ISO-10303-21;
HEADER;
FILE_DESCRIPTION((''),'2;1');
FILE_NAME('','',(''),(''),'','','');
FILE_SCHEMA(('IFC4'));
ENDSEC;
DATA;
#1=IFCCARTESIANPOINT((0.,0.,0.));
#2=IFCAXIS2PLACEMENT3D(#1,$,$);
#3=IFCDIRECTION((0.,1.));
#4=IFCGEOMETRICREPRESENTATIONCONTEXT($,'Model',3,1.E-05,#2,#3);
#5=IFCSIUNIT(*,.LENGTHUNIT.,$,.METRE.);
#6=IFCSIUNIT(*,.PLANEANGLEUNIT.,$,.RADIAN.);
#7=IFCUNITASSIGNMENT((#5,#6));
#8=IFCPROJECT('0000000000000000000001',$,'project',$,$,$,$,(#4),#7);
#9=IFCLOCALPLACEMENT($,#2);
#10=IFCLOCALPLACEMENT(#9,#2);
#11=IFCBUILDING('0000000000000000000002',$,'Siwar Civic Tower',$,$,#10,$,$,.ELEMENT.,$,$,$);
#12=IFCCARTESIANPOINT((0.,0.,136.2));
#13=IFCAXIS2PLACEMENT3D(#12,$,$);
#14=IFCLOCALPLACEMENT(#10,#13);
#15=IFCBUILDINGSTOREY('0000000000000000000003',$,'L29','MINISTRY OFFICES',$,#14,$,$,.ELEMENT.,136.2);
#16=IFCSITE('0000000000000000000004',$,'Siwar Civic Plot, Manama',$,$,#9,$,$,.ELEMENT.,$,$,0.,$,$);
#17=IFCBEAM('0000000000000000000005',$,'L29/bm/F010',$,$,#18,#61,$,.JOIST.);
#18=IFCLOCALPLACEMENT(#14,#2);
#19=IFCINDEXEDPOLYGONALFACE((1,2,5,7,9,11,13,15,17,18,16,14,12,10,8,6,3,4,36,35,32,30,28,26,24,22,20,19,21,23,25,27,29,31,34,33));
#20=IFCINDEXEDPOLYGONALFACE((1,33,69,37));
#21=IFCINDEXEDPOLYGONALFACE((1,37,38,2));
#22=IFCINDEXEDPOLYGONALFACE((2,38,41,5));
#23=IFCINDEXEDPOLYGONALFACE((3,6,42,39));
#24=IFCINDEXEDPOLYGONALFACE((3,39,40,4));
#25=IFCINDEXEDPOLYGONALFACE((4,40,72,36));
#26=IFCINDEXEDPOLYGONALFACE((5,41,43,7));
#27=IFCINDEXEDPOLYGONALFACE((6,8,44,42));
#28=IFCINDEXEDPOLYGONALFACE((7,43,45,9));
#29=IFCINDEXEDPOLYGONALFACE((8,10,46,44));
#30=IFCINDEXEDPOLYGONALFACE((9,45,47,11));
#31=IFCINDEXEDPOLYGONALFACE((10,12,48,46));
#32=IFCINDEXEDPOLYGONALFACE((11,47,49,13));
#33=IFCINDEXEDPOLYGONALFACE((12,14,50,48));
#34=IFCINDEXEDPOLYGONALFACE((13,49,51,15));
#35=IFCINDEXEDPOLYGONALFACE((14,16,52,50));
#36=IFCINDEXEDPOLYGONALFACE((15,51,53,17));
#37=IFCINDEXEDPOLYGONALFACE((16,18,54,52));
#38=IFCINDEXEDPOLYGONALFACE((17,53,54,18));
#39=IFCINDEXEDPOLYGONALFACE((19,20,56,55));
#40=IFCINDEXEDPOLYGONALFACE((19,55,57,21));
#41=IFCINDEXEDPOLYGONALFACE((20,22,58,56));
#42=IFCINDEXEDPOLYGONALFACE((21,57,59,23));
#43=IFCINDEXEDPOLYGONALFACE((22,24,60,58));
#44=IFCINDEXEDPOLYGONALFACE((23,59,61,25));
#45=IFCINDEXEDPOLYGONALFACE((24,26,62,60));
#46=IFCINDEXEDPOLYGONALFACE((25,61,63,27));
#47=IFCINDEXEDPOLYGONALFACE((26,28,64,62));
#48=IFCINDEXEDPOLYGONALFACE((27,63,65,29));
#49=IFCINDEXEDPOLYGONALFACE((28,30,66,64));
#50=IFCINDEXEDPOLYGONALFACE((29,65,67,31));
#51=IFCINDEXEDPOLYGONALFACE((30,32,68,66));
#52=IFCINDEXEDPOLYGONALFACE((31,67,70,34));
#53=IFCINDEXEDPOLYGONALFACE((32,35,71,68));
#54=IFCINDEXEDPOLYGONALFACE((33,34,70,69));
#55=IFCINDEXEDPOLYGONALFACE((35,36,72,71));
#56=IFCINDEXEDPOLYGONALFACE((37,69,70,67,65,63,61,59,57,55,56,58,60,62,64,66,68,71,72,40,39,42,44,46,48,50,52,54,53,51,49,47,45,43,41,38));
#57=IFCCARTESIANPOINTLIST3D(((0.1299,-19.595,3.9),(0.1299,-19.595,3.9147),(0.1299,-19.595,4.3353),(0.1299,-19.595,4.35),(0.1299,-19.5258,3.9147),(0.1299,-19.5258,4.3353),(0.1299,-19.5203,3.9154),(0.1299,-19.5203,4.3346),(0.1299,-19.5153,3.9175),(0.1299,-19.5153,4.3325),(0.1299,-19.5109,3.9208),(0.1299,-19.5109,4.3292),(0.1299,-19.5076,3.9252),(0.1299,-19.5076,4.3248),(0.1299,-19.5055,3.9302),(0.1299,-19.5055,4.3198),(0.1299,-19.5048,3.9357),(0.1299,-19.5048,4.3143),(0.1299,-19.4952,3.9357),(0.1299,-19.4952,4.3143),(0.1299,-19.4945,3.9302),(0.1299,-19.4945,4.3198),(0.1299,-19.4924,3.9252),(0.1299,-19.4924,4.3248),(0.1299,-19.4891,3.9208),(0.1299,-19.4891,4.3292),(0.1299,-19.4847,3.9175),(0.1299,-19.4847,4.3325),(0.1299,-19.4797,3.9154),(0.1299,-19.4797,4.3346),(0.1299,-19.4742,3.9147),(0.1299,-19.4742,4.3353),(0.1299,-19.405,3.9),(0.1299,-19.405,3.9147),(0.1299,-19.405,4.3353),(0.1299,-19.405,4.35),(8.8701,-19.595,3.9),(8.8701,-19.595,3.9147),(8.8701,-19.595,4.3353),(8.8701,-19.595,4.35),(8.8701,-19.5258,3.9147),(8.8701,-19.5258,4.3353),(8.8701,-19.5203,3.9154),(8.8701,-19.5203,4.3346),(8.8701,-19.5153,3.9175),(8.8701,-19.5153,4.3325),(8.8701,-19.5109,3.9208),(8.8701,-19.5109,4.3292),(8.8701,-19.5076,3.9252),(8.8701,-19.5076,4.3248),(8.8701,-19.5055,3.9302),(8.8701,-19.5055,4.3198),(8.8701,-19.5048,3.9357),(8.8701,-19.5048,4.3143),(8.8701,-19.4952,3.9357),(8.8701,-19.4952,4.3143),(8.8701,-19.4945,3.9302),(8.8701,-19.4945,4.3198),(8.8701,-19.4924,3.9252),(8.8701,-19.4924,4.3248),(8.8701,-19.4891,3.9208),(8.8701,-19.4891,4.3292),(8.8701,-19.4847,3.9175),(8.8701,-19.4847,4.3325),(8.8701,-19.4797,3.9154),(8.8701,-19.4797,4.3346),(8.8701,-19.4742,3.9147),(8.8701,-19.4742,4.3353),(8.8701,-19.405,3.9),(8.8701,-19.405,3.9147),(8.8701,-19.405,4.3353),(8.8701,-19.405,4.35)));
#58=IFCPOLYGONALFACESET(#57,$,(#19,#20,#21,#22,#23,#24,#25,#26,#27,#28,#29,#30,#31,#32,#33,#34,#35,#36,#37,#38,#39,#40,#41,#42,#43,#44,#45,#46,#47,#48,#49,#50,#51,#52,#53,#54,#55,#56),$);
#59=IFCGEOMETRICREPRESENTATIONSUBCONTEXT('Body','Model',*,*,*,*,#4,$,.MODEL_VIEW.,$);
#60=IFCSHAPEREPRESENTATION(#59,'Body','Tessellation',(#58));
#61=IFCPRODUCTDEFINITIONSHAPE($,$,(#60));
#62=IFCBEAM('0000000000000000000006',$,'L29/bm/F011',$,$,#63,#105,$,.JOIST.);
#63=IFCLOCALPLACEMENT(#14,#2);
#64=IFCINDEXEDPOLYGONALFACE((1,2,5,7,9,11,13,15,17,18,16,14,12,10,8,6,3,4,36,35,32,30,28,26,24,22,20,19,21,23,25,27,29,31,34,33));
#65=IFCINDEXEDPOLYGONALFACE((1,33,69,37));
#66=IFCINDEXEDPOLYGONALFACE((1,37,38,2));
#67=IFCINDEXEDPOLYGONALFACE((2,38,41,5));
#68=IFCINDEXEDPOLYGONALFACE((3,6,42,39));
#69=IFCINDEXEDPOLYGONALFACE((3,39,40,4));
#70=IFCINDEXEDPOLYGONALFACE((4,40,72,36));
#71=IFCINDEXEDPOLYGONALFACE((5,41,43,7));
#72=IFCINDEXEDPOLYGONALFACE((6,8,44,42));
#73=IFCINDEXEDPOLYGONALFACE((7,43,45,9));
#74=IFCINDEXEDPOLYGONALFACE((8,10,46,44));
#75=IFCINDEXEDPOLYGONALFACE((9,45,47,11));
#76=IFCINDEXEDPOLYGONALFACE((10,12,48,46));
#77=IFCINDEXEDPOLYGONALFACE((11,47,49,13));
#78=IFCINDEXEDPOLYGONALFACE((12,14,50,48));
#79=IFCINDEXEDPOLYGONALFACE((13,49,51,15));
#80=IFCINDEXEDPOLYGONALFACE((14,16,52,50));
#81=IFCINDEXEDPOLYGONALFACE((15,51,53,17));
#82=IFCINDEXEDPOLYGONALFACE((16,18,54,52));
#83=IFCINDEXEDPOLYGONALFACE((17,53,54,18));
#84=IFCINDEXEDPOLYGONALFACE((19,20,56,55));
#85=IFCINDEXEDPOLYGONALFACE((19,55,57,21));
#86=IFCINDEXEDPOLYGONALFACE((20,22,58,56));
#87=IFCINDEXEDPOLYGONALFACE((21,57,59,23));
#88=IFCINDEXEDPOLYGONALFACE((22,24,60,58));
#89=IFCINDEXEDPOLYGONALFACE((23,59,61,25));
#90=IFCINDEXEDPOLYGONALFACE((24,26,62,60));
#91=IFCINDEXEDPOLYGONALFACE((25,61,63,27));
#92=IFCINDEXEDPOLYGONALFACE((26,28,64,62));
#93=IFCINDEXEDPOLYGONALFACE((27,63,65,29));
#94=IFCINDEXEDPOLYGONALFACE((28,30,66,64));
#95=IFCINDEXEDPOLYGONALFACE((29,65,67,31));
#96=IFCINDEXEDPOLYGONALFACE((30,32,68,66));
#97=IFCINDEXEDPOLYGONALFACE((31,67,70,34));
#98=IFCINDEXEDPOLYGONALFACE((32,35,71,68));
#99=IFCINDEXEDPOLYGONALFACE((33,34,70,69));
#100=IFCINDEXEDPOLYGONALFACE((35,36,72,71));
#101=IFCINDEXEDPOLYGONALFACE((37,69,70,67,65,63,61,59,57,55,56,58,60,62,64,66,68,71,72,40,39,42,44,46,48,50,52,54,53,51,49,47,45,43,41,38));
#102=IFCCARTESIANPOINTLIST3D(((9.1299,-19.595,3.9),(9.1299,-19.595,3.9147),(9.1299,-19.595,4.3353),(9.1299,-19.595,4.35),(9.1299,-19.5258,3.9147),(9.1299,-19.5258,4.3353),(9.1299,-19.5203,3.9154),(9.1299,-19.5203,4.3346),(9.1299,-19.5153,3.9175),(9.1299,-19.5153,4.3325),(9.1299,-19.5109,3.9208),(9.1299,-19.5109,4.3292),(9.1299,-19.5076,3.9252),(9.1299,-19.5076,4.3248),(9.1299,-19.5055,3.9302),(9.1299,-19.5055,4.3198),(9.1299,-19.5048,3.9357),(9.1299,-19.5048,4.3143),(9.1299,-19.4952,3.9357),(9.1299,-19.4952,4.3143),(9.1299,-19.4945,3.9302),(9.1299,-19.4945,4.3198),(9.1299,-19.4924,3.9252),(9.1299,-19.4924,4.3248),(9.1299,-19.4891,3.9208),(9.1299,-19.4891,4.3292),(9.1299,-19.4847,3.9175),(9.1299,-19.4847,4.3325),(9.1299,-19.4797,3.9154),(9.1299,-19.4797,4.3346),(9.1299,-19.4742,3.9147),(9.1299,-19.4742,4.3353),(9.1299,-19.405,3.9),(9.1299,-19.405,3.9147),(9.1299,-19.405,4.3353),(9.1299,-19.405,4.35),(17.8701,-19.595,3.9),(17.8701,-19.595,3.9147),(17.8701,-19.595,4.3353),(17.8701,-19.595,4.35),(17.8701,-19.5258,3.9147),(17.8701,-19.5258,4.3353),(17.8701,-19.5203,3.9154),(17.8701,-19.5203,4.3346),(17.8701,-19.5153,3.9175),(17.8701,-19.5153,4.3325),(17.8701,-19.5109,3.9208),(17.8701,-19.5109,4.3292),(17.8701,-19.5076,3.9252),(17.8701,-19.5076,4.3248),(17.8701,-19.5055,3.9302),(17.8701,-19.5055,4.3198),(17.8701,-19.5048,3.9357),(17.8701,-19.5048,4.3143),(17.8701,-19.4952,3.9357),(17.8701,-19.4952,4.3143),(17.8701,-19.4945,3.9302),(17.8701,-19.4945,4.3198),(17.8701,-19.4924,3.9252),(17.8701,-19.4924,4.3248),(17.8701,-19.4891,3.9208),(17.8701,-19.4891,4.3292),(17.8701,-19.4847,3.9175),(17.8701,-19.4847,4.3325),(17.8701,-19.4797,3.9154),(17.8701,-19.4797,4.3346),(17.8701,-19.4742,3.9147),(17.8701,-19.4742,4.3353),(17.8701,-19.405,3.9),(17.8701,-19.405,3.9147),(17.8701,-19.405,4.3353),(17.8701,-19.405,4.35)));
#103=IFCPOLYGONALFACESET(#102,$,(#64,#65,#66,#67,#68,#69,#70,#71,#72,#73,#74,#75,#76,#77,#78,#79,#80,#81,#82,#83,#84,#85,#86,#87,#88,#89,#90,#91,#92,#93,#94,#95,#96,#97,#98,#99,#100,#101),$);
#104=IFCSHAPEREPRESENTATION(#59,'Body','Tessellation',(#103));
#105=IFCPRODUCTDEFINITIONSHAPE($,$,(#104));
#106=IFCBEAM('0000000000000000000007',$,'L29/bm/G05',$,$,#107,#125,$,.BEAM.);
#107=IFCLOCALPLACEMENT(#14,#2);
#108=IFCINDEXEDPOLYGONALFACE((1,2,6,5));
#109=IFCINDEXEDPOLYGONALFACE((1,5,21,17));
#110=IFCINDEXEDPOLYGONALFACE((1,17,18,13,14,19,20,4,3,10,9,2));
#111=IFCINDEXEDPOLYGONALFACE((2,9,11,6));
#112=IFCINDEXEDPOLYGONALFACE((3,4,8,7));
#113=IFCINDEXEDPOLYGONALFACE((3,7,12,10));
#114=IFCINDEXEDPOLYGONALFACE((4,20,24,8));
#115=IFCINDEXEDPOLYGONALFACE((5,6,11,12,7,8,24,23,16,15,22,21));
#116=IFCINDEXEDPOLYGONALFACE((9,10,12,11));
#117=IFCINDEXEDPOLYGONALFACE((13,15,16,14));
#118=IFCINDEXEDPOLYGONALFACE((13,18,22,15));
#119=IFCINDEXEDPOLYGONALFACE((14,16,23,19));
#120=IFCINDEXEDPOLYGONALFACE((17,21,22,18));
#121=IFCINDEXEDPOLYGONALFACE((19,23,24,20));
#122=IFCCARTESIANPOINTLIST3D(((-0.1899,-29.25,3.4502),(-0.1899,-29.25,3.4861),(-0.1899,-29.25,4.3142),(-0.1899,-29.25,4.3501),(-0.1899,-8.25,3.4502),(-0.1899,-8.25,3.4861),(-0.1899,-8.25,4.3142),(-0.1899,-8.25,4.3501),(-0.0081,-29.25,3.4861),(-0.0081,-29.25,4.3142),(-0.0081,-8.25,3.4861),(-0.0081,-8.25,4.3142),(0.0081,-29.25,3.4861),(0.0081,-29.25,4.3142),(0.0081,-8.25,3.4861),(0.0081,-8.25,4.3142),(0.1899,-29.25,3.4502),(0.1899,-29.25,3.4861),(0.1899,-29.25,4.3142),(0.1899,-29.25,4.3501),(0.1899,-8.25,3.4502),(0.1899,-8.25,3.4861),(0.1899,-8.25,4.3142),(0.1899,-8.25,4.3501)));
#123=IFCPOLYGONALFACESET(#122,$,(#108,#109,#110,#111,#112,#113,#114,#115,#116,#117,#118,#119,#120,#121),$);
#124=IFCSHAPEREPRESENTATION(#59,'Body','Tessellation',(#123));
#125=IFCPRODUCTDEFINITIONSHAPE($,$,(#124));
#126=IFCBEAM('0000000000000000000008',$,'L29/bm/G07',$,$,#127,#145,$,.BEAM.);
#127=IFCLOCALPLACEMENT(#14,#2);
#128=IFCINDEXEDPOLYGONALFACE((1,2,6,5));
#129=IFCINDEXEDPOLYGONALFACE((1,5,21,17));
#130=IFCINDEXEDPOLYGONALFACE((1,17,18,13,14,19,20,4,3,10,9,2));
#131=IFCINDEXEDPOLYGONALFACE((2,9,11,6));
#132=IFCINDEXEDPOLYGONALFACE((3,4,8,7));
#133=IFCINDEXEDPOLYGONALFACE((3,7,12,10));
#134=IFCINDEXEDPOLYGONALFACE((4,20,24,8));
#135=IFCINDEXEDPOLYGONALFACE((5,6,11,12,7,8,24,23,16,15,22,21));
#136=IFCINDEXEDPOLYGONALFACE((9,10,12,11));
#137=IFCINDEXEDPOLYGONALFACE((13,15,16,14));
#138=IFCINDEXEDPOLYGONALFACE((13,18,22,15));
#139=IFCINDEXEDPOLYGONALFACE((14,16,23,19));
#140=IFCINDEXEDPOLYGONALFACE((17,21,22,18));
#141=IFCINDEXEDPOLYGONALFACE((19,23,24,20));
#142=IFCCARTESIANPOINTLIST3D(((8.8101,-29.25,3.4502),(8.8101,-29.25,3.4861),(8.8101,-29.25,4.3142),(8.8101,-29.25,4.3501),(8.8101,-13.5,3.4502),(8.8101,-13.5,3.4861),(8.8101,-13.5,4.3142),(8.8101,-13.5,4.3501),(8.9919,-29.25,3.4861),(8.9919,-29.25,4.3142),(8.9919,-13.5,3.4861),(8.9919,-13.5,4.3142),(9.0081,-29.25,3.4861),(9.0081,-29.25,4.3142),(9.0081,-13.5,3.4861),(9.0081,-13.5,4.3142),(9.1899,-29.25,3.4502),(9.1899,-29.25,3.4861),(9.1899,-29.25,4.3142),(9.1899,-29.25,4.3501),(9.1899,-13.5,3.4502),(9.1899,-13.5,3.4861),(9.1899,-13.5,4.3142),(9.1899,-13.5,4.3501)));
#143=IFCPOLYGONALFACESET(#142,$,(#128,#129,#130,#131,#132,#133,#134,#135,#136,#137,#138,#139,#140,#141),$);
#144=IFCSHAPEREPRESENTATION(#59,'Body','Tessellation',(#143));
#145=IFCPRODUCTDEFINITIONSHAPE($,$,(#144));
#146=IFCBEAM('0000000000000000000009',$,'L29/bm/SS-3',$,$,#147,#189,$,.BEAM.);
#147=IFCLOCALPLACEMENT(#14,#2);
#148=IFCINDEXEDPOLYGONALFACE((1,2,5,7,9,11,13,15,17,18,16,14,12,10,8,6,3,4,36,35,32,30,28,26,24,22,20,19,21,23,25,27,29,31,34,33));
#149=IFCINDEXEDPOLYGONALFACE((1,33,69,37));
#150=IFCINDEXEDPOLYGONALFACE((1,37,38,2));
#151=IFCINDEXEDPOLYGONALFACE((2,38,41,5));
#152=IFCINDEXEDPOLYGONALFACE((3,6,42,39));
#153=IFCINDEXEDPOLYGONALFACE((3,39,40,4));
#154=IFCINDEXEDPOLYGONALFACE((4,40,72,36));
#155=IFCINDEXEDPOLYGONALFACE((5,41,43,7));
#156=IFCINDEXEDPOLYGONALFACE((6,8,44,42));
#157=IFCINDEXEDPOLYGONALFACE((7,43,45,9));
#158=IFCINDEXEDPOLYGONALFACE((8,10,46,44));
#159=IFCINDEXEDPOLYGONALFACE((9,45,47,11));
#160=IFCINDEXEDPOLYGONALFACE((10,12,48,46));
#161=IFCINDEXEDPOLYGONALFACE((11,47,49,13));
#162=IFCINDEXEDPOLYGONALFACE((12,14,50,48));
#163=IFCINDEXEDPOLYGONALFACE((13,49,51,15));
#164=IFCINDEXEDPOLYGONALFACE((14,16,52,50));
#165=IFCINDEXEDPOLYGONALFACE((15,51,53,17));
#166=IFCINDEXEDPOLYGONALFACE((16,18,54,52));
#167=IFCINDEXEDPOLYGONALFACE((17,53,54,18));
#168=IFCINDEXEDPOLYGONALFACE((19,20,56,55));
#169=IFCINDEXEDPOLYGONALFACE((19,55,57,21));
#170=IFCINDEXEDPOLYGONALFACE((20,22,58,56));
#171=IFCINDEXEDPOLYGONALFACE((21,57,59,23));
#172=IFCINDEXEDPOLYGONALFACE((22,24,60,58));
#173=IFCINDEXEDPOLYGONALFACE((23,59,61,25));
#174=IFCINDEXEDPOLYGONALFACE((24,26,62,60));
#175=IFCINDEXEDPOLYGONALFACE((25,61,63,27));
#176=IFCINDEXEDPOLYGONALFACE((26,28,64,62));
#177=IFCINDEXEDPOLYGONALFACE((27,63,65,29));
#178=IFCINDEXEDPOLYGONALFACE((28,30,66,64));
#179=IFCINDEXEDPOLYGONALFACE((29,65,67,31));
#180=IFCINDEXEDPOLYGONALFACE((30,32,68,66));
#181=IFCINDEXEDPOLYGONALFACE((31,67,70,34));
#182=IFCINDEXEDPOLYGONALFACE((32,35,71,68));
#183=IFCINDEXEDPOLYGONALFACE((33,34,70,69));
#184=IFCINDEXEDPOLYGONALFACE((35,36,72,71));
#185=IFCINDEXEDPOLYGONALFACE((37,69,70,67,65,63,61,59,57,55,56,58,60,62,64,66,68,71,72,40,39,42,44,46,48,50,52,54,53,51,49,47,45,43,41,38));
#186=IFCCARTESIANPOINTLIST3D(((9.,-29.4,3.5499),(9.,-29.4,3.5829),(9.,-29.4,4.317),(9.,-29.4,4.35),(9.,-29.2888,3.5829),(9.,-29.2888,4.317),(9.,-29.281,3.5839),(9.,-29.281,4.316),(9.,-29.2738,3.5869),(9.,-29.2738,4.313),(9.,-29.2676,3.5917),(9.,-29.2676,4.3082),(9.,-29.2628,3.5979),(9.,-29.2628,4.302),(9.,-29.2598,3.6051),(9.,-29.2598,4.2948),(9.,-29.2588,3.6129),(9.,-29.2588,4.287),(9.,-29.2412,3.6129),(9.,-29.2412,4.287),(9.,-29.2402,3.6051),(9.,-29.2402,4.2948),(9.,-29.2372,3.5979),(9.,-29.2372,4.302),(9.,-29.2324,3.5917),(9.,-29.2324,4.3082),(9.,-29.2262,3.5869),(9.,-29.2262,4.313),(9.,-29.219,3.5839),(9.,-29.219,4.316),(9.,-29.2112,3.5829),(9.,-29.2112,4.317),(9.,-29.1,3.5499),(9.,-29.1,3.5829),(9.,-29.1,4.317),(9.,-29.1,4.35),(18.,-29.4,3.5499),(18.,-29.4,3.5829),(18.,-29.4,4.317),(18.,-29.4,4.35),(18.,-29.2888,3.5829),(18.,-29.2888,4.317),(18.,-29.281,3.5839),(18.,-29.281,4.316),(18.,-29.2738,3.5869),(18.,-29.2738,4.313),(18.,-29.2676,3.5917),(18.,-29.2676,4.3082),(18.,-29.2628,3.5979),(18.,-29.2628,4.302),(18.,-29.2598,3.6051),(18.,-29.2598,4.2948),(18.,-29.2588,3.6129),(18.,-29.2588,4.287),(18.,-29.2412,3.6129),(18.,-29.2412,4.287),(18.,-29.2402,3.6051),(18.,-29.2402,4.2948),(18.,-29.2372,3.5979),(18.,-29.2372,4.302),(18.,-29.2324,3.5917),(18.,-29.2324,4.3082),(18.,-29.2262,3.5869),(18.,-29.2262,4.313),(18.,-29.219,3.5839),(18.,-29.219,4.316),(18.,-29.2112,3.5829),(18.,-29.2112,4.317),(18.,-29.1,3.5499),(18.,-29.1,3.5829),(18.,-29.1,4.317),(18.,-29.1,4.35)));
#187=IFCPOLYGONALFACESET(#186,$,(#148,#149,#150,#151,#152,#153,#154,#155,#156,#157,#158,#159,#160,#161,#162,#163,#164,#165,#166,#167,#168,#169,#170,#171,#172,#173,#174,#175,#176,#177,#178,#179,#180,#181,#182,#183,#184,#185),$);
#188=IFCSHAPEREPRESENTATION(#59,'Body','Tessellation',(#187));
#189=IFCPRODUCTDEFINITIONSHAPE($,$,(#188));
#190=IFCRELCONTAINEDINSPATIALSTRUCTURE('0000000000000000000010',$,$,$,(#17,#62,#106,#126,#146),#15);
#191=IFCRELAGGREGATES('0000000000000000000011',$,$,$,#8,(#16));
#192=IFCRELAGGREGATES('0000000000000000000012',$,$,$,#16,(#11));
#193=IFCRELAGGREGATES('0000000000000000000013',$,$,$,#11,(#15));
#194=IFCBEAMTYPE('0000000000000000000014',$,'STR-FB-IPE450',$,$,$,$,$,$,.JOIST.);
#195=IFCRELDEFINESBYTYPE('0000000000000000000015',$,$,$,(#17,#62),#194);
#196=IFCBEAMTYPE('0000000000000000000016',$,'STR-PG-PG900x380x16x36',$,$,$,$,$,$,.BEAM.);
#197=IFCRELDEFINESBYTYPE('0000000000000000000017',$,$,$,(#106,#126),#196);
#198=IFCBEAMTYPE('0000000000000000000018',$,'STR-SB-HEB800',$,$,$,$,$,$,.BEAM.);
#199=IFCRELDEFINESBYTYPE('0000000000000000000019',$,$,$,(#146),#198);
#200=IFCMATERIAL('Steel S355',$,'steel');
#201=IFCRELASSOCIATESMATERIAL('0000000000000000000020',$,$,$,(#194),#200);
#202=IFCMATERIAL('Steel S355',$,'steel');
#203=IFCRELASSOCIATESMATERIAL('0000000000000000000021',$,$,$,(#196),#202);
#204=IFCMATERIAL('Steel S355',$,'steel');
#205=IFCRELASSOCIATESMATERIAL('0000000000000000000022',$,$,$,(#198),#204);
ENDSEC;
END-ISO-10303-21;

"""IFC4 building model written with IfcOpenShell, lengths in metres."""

from ifc_helpers import new_model, si_unit, direction, frame, origin, origin_2d, place, context, subcontext, project, spatial, i_section, extrude, material, material_profile, profile_set, type_object, element, save


model = new_model("IFC4")

# Units and contexts
model_context = context("Model", 3, precision=1e-05, world=origin(), true_north=direction((0.0, 1.0)))
body_context = subcontext(model_context, "Body", "Model", "MODEL_VIEW")
ifc_project = project(units=[si_unit("LENGTHUNIT", "METRE"), si_unit("PLANEANGLEUNIT", "RADIAN")], contexts=[model_context])

# Site, building, storey
site_placement = place(None, origin())
site = spatial("IfcSite", under=ifc_project, at=site_placement, Name="Siwar Civic Plot, Manama", CompositionType="ELEMENT", RefElevation=0.0)
building_placement = place(site_placement, origin())
building = spatial("IfcBuilding", under=site, at=building_placement, Name="Siwar Civic Tower", CompositionType="ELEMENT")
storey_placement = place(building_placement, frame((0.0, 0.0, 136.2)))
storey = spatial("IfcBuildingStorey", under=building, at=storey_placement, Name="L29", Description="MINISTRY OFFICES", CompositionType="ELEMENT", Elevation=136.2)

# Beams
ifc_material_1 = material(Name="Steel S355", Category="steel")
ifc_material_profile_1 = material_profile(ifc_material_1, i_section(OverallWidth=0.1899, OverallDepth=0.45, WebThickness=0.0095, FlangeThickness=0.0146, FilletRadius=0.021, at=origin_2d()), Name="IPE450")
ifc_profile_set_1 = profile_set([ifc_material_profile_1], Name="Steel S355")
beam_type_1 = type_object("IfcBeamType", Name="STR-FB-IPE450", PredefinedType="JOIST", material=ifc_profile_set_1)
for number, where, z_axis, x_axis, name in (
    (1, (0.1299, -19.5, 4.125), (1.0, 0.0, 0.0), (0.0, 1.0, 0.0), "L29/bm/F010"),
    (2, (9.1299, -19.5, 4.125), (1.0, 0.0, 0.0), (0.0, 1.0, 0.0), "L29/bm/F011"),
):
    element("IfcBeam", number, at=place(storey_placement, frame(where, z_axis=z_axis, x_axis=x_axis)), inside=storey, type_object=beam_type_1, Name=name, PredefinedType="JOIST", context=body_context, shape_type="SweptSolid", body=[
        extrude(i_section(OverallWidth=0.1899, OverallDepth=0.45, WebThickness=0.0095, FlangeThickness=0.0146, FilletRadius=0.021, at=origin_2d()), origin(), (0.0, 0.0, 1.0), 8.7402),
    ])
ifc_material_2 = material(Name="Steel S355", Category="steel")
ifc_material_profile_2 = material_profile(ifc_material_2, i_section(OverallWidth=0.3799, OverallDepth=0.8999, WebThickness=0.0161, FlangeThickness=0.0359, at=origin_2d()), Name="PG900x380x16x36")
ifc_profile_set_2 = profile_set([ifc_material_profile_2], Name="Steel S355")
beam_type_2 = type_object("IfcBeamType", Name="STR-PG-PG900x380x16x36", PredefinedType="BEAM", material=ifc_profile_set_2)
beam_1_placement = place(storey_placement, frame((0.0, -29.25, 3.9001), z_axis=(0.0, 1.0, 0.0), x_axis=(-1.0, 0.0, 0.0)))
element("IfcBeam", 3, at=beam_1_placement, inside=storey, type_object=beam_type_2, Name="L29/bm/G05", PredefinedType="BEAM", context=body_context, shape_type="SweptSolid", body=[
    extrude(i_section(OverallWidth=0.3799, OverallDepth=0.8999, WebThickness=0.0161, FlangeThickness=0.0359, at=origin_2d()), origin(), (0.0, 0.0, 1.0), 21.0),
])
beam_2_placement = place(storey_placement, frame((9.0, -29.25, 3.9001), z_axis=(0.0, 1.0, 0.0), x_axis=(-1.0, 0.0, 0.0)))
element("IfcBeam", 4, at=beam_2_placement, inside=storey, type_object=beam_type_2, Name="L29/bm/G07", PredefinedType="BEAM", context=body_context, shape_type="SweptSolid", body=[
    extrude(i_section(OverallWidth=0.3799, OverallDepth=0.8999, WebThickness=0.0161, FlangeThickness=0.0359, at=origin_2d()), origin(), (0.0, 0.0, 1.0), 15.75),
])
ifc_material_3 = material(Name="Steel S355", Category="steel")
ifc_material_profile_3 = material_profile(ifc_material_3, i_section(OverallWidth=0.3, OverallDepth=0.8, WebThickness=0.0176, FlangeThickness=0.033, FilletRadius=0.03, at=origin_2d()), Name="HEB800")
ifc_profile_set_3 = profile_set([ifc_material_profile_3], Name="Steel S355")
beam_type_3 = type_object("IfcBeamType", Name="STR-SB-HEB800", PredefinedType="BEAM", material=ifc_profile_set_3)
beam_3_placement = place(storey_placement, frame((9.0, -29.25, 3.95), z_axis=(1.0, 0.0, 0.0), x_axis=(0.0, 1.0, 0.0)))
element("IfcBeam", 5, at=beam_3_placement, inside=storey, type_object=beam_type_3, Name="L29/bm/SS-3", PredefinedType="BEAM", context=body_context, shape_type="SweptSolid", body=[
    extrude(i_section(OverallWidth=0.3, OverallDepth=0.8, WebThickness=0.0176, FlangeThickness=0.033, FilletRadius=0.03, at=origin_2d()), origin(), (0.0, 0.0, 1.0), 9.0),
])

save(model, "model.ifc")
